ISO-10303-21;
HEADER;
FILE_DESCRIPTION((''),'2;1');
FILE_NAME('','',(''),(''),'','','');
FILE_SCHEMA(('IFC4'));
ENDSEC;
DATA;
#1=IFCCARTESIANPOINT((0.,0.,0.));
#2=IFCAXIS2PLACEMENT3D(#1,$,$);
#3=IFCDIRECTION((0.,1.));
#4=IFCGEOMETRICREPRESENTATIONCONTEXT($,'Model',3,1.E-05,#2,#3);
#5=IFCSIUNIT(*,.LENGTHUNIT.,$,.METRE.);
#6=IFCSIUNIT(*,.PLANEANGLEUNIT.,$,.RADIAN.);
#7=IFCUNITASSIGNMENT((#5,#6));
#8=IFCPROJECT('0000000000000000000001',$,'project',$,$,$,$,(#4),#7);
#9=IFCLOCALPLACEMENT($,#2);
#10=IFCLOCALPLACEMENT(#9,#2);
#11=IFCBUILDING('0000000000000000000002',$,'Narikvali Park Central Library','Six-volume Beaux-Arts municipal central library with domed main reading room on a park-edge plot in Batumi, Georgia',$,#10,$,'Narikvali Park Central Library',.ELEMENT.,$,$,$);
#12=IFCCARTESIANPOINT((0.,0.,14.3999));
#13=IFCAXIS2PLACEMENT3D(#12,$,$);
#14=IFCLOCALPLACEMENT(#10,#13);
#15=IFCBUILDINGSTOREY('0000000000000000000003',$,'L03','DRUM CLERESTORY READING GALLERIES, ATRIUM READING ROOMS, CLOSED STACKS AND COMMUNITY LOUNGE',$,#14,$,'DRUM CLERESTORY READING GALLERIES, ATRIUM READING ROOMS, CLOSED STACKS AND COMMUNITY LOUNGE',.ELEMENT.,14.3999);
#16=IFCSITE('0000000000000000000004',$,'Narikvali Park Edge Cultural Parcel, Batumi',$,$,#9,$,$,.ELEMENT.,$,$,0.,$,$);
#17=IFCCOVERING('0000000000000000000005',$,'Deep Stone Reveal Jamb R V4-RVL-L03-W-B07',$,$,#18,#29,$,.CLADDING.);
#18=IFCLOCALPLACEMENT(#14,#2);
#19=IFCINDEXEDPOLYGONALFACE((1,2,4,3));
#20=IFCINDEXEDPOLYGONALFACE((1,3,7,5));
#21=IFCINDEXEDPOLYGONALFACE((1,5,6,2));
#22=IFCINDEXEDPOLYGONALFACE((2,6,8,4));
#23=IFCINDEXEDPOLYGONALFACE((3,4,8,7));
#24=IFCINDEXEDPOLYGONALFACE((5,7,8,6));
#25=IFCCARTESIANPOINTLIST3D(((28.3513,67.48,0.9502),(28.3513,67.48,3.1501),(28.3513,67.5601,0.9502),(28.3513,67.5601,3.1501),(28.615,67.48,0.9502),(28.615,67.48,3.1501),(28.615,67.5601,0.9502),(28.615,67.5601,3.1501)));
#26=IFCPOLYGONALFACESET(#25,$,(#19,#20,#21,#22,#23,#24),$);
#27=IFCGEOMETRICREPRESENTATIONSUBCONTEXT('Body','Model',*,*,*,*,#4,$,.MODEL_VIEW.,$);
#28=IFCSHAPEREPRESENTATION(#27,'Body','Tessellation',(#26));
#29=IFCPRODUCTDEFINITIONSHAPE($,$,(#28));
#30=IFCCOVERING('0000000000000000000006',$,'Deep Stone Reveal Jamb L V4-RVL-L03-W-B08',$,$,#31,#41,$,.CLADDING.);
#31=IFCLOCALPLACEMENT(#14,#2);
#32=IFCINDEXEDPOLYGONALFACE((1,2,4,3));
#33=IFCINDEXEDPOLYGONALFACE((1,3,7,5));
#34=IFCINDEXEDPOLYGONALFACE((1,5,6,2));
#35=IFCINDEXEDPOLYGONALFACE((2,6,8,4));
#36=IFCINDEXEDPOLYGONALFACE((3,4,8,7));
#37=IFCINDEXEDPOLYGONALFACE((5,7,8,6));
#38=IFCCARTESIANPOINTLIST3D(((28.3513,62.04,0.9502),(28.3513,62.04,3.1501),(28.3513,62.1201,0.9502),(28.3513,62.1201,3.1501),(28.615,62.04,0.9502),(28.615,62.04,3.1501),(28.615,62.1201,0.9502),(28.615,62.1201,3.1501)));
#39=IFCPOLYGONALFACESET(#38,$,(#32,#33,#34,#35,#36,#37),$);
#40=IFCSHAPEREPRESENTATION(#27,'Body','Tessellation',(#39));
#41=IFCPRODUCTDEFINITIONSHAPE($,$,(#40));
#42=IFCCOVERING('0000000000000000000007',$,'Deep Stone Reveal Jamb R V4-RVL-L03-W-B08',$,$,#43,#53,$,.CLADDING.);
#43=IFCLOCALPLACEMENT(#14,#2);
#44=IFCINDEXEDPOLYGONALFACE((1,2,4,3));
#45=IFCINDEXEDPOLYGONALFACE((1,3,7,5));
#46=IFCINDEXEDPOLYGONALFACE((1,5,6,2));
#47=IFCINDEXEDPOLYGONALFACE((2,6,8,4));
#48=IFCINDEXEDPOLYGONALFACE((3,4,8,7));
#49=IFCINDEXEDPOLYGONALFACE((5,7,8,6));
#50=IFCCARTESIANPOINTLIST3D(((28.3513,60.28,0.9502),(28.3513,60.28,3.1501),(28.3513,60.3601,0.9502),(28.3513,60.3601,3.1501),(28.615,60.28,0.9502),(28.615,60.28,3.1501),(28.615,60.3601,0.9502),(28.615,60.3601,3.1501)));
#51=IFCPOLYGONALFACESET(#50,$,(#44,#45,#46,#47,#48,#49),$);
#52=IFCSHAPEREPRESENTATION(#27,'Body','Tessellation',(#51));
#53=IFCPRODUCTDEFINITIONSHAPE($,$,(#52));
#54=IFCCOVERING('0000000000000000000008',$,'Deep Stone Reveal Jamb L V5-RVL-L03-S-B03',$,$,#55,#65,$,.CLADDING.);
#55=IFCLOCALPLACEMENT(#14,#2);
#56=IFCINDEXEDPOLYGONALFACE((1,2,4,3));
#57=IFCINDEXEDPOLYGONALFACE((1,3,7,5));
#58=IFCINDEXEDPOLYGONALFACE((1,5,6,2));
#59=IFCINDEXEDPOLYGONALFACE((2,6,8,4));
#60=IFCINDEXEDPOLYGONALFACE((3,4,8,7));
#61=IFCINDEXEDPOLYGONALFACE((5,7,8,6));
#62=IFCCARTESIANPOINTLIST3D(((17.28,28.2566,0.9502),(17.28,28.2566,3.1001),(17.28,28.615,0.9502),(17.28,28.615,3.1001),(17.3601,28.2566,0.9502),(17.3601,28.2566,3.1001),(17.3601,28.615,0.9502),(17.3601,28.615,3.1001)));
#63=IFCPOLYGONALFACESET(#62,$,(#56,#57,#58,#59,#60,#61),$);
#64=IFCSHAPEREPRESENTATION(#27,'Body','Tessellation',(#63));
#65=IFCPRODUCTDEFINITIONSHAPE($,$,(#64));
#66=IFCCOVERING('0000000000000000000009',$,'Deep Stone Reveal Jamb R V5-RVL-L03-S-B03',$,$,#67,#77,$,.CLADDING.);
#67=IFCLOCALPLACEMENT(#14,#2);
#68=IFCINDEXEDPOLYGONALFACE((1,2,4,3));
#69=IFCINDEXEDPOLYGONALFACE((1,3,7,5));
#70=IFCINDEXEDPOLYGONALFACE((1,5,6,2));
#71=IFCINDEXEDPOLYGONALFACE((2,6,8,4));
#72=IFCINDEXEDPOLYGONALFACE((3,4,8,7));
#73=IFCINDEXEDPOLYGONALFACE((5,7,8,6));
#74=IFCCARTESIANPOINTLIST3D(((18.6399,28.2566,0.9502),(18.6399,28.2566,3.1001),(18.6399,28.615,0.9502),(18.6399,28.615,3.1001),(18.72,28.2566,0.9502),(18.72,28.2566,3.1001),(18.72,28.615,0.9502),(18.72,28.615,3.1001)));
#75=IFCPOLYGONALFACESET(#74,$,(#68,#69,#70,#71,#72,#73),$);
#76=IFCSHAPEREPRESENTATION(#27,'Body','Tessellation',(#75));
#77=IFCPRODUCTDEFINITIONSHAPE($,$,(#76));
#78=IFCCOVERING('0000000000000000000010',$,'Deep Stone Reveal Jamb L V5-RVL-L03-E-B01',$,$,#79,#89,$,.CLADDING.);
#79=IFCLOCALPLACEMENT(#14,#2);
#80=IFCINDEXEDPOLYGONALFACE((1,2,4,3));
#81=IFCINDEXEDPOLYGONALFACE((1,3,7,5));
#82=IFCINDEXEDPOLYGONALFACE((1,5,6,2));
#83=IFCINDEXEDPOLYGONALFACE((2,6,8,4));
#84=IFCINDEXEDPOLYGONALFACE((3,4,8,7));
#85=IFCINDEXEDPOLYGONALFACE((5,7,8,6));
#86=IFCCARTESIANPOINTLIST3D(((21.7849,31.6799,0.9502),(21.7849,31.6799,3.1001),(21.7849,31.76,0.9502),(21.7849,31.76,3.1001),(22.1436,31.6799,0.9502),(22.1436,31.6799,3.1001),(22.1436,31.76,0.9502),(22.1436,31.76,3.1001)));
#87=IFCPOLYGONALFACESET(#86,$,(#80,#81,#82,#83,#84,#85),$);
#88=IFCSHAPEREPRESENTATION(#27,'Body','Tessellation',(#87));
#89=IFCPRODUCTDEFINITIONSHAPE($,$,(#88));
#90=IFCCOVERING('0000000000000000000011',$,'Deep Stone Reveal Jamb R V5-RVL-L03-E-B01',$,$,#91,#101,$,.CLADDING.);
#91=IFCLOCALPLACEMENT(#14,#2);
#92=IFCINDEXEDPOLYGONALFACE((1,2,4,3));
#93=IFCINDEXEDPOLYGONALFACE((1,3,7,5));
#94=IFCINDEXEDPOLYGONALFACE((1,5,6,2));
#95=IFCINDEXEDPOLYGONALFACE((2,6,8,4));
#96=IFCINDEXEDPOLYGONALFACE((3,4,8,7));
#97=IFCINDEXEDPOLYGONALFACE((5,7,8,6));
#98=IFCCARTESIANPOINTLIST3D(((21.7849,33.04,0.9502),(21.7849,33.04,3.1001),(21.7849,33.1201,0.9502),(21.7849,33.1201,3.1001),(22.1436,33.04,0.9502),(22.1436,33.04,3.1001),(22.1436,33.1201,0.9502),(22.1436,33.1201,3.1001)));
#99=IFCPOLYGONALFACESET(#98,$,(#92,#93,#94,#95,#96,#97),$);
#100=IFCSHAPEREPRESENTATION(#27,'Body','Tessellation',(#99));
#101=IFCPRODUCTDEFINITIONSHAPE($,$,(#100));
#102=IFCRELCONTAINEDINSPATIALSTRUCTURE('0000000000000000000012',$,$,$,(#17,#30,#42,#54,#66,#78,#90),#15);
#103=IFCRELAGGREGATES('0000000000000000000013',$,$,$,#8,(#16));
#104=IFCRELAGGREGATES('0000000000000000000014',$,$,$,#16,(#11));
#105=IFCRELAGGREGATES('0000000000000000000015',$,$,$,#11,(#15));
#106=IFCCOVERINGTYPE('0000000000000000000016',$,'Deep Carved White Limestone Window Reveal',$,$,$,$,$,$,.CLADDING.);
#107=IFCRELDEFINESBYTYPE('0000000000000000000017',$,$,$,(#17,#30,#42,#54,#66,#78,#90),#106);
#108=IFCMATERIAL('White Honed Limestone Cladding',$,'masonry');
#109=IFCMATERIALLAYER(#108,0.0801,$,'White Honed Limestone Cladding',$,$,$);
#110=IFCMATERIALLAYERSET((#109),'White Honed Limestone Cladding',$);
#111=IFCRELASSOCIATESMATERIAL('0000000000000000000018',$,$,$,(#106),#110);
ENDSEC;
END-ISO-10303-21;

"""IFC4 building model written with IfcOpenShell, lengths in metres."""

from ifc_helpers import new_model, si_unit, direction, frame, origin, place, context, subcontext, project, spatial, polyline, outline, extrude, material, layer, layer_set, type_object, element, save


model = new_model("IFC4")

# Units and contexts
model_context = context("Model", 3, precision=1e-05, world=origin(), true_north=direction((0.0, 1.0)))
body_context = subcontext(model_context, "Body", "Model", "MODEL_VIEW")
ifc_project = project(units=[si_unit("LENGTHUNIT", "METRE"), si_unit("PLANEANGLEUNIT", "RADIAN")], contexts=[model_context])

# Site, building, storey
site_placement = place(None, origin())
site = spatial("IfcSite", under=ifc_project, at=site_placement, Name="Narikvali Park Edge Cultural Parcel, Batumi", CompositionType="ELEMENT", RefElevation=0.0)
building_placement = place(site_placement, origin())
building = spatial("IfcBuilding", under=site, at=building_placement, Name="Narikvali Park Central Library", Description="Six-volume Beaux-Arts municipal central library with domed main reading room on a park-edge plot in Batumi, Georgia", LongName="Narikvali Park Central Library", CompositionType="ELEMENT")
storey_placement = place(building_placement, frame((0.0, 0.0, 14.3999)))
storey = spatial("IfcBuildingStorey", under=building, at=storey_placement, Name="L03", Description="DRUM CLERESTORY READING GALLERIES, ATRIUM READING ROOMS, CLOSED STACKS AND COMMUNITY LOUNGE", LongName="DRUM CLERESTORY READING GALLERIES, ATRIUM READING ROOMS, CLOSED STACKS AND COMMUNITY LOUNGE", CompositionType="ELEMENT", Elevation=14.3999)

# Coverings
ifc_material = material(Name="White Honed Limestone Cladding", Category="masonry")
ifc_layer = layer(ifc_material, 0.0801, Name="White Honed Limestone Cladding")
ifc_layer_set = layer_set([ifc_layer], Name="White Honed Limestone Cladding")
covering_type = type_object("IfcCoveringType", Name="Deep Carved White Limestone Window Reveal", PredefinedType="CLADDING", material=ifc_layer_set)
covering_1_placement = place(storey_placement, frame((0.0, 0.0, 0.9502)))
element("IfcCovering", 1, at=covering_1_placement, inside=storey, type_object=covering_type, Name="Deep Stone Reveal Jamb R V4-RVL-L03-W-B07", PredefinedType="CLADDING", context=body_context, shape_type="SweptSolid", body=[
    extrude(outline(polyline([(28.615, 67.5601), (28.615, 67.48), (28.3513, 67.48), (28.3513, 67.5601), (28.615, 67.5601)])), origin(), (0.0, 0.0, 1.0), 2.2),
])
covering_2_placement = place(storey_placement, frame((0.0, 0.0, 0.9502)))
element("IfcCovering", 2, at=covering_2_placement, inside=storey, type_object=covering_type, Name="Deep Stone Reveal Jamb L V4-RVL-L03-W-B08", PredefinedType="CLADDING", context=body_context, shape_type="SweptSolid", body=[
    extrude(outline(polyline([(28.615, 62.1201), (28.615, 62.04), (28.3513, 62.04), (28.3513, 62.1201), (28.615, 62.1201)])), origin(), (0.0, 0.0, 1.0), 2.2),
])
covering_3_placement = place(storey_placement, frame((0.0, 0.0, 0.9502)))
element("IfcCovering", 3, at=covering_3_placement, inside=storey, type_object=covering_type, Name="Deep Stone Reveal Jamb R V4-RVL-L03-W-B08", PredefinedType="CLADDING", context=body_context, shape_type="SweptSolid", body=[
    extrude(outline(polyline([(28.615, 60.3601), (28.615, 60.28), (28.3513, 60.28), (28.3513, 60.3601), (28.615, 60.3601)])), origin(), (0.0, 0.0, 1.0), 2.2),
])
covering_4_placement = place(storey_placement, frame((0.0, 0.0, 0.9502)))
element("IfcCovering", 4, at=covering_4_placement, inside=storey, type_object=covering_type, Name="Deep Stone Reveal Jamb L V5-RVL-L03-S-B03", PredefinedType="CLADDING", context=body_context, shape_type="SweptSolid", body=[
    extrude(outline(polyline([(17.28, 28.615), (17.3601, 28.615), (17.3601, 28.2566), (17.28, 28.2566), (17.28, 28.615)])), origin(), (0.0, 0.0, 1.0), 2.1499),
])
covering_5_placement = place(storey_placement, frame((0.0, 0.0, 0.9502)))
element("IfcCovering", 5, at=covering_5_placement, inside=storey, type_object=covering_type, Name="Deep Stone Reveal Jamb R V5-RVL-L03-S-B03", PredefinedType="CLADDING", context=body_context, shape_type="SweptSolid", body=[
    extrude(outline(polyline([(18.6399, 28.615), (18.72, 28.615), (18.72, 28.2566), (18.6399, 28.2566), (18.6399, 28.615)])), origin(), (0.0, 0.0, 1.0), 2.1499),
])
covering_6_placement = place(storey_placement, frame((0.0, 0.0, 0.9502)))
element("IfcCovering", 6, at=covering_6_placement, inside=storey, type_object=covering_type, Name="Deep Stone Reveal Jamb L V5-RVL-L03-E-B01", PredefinedType="CLADDING", context=body_context, shape_type="SweptSolid", body=[
    extrude(outline(polyline([(21.7849, 31.6799), (21.7849, 31.76), (22.1436, 31.76), (22.1436, 31.6799), (21.7849, 31.6799)])), origin(), (0.0, 0.0, 1.0), 2.1499),
])
covering_7_placement = place(storey_placement, frame((0.0, 0.0, 0.9502)))
element("IfcCovering", 7, at=covering_7_placement, inside=storey, type_object=covering_type, Name="Deep Stone Reveal Jamb R V5-RVL-L03-E-B01", PredefinedType="CLADDING", context=body_context, shape_type="SweptSolid", body=[
    extrude(outline(polyline([(21.7849, 33.04), (21.7849, 33.1201), (22.1436, 33.1201), (22.1436, 33.04), (21.7849, 33.04)])), origin(), (0.0, 0.0, 1.0), 2.1499),
])

save(model, "model.ifc")
